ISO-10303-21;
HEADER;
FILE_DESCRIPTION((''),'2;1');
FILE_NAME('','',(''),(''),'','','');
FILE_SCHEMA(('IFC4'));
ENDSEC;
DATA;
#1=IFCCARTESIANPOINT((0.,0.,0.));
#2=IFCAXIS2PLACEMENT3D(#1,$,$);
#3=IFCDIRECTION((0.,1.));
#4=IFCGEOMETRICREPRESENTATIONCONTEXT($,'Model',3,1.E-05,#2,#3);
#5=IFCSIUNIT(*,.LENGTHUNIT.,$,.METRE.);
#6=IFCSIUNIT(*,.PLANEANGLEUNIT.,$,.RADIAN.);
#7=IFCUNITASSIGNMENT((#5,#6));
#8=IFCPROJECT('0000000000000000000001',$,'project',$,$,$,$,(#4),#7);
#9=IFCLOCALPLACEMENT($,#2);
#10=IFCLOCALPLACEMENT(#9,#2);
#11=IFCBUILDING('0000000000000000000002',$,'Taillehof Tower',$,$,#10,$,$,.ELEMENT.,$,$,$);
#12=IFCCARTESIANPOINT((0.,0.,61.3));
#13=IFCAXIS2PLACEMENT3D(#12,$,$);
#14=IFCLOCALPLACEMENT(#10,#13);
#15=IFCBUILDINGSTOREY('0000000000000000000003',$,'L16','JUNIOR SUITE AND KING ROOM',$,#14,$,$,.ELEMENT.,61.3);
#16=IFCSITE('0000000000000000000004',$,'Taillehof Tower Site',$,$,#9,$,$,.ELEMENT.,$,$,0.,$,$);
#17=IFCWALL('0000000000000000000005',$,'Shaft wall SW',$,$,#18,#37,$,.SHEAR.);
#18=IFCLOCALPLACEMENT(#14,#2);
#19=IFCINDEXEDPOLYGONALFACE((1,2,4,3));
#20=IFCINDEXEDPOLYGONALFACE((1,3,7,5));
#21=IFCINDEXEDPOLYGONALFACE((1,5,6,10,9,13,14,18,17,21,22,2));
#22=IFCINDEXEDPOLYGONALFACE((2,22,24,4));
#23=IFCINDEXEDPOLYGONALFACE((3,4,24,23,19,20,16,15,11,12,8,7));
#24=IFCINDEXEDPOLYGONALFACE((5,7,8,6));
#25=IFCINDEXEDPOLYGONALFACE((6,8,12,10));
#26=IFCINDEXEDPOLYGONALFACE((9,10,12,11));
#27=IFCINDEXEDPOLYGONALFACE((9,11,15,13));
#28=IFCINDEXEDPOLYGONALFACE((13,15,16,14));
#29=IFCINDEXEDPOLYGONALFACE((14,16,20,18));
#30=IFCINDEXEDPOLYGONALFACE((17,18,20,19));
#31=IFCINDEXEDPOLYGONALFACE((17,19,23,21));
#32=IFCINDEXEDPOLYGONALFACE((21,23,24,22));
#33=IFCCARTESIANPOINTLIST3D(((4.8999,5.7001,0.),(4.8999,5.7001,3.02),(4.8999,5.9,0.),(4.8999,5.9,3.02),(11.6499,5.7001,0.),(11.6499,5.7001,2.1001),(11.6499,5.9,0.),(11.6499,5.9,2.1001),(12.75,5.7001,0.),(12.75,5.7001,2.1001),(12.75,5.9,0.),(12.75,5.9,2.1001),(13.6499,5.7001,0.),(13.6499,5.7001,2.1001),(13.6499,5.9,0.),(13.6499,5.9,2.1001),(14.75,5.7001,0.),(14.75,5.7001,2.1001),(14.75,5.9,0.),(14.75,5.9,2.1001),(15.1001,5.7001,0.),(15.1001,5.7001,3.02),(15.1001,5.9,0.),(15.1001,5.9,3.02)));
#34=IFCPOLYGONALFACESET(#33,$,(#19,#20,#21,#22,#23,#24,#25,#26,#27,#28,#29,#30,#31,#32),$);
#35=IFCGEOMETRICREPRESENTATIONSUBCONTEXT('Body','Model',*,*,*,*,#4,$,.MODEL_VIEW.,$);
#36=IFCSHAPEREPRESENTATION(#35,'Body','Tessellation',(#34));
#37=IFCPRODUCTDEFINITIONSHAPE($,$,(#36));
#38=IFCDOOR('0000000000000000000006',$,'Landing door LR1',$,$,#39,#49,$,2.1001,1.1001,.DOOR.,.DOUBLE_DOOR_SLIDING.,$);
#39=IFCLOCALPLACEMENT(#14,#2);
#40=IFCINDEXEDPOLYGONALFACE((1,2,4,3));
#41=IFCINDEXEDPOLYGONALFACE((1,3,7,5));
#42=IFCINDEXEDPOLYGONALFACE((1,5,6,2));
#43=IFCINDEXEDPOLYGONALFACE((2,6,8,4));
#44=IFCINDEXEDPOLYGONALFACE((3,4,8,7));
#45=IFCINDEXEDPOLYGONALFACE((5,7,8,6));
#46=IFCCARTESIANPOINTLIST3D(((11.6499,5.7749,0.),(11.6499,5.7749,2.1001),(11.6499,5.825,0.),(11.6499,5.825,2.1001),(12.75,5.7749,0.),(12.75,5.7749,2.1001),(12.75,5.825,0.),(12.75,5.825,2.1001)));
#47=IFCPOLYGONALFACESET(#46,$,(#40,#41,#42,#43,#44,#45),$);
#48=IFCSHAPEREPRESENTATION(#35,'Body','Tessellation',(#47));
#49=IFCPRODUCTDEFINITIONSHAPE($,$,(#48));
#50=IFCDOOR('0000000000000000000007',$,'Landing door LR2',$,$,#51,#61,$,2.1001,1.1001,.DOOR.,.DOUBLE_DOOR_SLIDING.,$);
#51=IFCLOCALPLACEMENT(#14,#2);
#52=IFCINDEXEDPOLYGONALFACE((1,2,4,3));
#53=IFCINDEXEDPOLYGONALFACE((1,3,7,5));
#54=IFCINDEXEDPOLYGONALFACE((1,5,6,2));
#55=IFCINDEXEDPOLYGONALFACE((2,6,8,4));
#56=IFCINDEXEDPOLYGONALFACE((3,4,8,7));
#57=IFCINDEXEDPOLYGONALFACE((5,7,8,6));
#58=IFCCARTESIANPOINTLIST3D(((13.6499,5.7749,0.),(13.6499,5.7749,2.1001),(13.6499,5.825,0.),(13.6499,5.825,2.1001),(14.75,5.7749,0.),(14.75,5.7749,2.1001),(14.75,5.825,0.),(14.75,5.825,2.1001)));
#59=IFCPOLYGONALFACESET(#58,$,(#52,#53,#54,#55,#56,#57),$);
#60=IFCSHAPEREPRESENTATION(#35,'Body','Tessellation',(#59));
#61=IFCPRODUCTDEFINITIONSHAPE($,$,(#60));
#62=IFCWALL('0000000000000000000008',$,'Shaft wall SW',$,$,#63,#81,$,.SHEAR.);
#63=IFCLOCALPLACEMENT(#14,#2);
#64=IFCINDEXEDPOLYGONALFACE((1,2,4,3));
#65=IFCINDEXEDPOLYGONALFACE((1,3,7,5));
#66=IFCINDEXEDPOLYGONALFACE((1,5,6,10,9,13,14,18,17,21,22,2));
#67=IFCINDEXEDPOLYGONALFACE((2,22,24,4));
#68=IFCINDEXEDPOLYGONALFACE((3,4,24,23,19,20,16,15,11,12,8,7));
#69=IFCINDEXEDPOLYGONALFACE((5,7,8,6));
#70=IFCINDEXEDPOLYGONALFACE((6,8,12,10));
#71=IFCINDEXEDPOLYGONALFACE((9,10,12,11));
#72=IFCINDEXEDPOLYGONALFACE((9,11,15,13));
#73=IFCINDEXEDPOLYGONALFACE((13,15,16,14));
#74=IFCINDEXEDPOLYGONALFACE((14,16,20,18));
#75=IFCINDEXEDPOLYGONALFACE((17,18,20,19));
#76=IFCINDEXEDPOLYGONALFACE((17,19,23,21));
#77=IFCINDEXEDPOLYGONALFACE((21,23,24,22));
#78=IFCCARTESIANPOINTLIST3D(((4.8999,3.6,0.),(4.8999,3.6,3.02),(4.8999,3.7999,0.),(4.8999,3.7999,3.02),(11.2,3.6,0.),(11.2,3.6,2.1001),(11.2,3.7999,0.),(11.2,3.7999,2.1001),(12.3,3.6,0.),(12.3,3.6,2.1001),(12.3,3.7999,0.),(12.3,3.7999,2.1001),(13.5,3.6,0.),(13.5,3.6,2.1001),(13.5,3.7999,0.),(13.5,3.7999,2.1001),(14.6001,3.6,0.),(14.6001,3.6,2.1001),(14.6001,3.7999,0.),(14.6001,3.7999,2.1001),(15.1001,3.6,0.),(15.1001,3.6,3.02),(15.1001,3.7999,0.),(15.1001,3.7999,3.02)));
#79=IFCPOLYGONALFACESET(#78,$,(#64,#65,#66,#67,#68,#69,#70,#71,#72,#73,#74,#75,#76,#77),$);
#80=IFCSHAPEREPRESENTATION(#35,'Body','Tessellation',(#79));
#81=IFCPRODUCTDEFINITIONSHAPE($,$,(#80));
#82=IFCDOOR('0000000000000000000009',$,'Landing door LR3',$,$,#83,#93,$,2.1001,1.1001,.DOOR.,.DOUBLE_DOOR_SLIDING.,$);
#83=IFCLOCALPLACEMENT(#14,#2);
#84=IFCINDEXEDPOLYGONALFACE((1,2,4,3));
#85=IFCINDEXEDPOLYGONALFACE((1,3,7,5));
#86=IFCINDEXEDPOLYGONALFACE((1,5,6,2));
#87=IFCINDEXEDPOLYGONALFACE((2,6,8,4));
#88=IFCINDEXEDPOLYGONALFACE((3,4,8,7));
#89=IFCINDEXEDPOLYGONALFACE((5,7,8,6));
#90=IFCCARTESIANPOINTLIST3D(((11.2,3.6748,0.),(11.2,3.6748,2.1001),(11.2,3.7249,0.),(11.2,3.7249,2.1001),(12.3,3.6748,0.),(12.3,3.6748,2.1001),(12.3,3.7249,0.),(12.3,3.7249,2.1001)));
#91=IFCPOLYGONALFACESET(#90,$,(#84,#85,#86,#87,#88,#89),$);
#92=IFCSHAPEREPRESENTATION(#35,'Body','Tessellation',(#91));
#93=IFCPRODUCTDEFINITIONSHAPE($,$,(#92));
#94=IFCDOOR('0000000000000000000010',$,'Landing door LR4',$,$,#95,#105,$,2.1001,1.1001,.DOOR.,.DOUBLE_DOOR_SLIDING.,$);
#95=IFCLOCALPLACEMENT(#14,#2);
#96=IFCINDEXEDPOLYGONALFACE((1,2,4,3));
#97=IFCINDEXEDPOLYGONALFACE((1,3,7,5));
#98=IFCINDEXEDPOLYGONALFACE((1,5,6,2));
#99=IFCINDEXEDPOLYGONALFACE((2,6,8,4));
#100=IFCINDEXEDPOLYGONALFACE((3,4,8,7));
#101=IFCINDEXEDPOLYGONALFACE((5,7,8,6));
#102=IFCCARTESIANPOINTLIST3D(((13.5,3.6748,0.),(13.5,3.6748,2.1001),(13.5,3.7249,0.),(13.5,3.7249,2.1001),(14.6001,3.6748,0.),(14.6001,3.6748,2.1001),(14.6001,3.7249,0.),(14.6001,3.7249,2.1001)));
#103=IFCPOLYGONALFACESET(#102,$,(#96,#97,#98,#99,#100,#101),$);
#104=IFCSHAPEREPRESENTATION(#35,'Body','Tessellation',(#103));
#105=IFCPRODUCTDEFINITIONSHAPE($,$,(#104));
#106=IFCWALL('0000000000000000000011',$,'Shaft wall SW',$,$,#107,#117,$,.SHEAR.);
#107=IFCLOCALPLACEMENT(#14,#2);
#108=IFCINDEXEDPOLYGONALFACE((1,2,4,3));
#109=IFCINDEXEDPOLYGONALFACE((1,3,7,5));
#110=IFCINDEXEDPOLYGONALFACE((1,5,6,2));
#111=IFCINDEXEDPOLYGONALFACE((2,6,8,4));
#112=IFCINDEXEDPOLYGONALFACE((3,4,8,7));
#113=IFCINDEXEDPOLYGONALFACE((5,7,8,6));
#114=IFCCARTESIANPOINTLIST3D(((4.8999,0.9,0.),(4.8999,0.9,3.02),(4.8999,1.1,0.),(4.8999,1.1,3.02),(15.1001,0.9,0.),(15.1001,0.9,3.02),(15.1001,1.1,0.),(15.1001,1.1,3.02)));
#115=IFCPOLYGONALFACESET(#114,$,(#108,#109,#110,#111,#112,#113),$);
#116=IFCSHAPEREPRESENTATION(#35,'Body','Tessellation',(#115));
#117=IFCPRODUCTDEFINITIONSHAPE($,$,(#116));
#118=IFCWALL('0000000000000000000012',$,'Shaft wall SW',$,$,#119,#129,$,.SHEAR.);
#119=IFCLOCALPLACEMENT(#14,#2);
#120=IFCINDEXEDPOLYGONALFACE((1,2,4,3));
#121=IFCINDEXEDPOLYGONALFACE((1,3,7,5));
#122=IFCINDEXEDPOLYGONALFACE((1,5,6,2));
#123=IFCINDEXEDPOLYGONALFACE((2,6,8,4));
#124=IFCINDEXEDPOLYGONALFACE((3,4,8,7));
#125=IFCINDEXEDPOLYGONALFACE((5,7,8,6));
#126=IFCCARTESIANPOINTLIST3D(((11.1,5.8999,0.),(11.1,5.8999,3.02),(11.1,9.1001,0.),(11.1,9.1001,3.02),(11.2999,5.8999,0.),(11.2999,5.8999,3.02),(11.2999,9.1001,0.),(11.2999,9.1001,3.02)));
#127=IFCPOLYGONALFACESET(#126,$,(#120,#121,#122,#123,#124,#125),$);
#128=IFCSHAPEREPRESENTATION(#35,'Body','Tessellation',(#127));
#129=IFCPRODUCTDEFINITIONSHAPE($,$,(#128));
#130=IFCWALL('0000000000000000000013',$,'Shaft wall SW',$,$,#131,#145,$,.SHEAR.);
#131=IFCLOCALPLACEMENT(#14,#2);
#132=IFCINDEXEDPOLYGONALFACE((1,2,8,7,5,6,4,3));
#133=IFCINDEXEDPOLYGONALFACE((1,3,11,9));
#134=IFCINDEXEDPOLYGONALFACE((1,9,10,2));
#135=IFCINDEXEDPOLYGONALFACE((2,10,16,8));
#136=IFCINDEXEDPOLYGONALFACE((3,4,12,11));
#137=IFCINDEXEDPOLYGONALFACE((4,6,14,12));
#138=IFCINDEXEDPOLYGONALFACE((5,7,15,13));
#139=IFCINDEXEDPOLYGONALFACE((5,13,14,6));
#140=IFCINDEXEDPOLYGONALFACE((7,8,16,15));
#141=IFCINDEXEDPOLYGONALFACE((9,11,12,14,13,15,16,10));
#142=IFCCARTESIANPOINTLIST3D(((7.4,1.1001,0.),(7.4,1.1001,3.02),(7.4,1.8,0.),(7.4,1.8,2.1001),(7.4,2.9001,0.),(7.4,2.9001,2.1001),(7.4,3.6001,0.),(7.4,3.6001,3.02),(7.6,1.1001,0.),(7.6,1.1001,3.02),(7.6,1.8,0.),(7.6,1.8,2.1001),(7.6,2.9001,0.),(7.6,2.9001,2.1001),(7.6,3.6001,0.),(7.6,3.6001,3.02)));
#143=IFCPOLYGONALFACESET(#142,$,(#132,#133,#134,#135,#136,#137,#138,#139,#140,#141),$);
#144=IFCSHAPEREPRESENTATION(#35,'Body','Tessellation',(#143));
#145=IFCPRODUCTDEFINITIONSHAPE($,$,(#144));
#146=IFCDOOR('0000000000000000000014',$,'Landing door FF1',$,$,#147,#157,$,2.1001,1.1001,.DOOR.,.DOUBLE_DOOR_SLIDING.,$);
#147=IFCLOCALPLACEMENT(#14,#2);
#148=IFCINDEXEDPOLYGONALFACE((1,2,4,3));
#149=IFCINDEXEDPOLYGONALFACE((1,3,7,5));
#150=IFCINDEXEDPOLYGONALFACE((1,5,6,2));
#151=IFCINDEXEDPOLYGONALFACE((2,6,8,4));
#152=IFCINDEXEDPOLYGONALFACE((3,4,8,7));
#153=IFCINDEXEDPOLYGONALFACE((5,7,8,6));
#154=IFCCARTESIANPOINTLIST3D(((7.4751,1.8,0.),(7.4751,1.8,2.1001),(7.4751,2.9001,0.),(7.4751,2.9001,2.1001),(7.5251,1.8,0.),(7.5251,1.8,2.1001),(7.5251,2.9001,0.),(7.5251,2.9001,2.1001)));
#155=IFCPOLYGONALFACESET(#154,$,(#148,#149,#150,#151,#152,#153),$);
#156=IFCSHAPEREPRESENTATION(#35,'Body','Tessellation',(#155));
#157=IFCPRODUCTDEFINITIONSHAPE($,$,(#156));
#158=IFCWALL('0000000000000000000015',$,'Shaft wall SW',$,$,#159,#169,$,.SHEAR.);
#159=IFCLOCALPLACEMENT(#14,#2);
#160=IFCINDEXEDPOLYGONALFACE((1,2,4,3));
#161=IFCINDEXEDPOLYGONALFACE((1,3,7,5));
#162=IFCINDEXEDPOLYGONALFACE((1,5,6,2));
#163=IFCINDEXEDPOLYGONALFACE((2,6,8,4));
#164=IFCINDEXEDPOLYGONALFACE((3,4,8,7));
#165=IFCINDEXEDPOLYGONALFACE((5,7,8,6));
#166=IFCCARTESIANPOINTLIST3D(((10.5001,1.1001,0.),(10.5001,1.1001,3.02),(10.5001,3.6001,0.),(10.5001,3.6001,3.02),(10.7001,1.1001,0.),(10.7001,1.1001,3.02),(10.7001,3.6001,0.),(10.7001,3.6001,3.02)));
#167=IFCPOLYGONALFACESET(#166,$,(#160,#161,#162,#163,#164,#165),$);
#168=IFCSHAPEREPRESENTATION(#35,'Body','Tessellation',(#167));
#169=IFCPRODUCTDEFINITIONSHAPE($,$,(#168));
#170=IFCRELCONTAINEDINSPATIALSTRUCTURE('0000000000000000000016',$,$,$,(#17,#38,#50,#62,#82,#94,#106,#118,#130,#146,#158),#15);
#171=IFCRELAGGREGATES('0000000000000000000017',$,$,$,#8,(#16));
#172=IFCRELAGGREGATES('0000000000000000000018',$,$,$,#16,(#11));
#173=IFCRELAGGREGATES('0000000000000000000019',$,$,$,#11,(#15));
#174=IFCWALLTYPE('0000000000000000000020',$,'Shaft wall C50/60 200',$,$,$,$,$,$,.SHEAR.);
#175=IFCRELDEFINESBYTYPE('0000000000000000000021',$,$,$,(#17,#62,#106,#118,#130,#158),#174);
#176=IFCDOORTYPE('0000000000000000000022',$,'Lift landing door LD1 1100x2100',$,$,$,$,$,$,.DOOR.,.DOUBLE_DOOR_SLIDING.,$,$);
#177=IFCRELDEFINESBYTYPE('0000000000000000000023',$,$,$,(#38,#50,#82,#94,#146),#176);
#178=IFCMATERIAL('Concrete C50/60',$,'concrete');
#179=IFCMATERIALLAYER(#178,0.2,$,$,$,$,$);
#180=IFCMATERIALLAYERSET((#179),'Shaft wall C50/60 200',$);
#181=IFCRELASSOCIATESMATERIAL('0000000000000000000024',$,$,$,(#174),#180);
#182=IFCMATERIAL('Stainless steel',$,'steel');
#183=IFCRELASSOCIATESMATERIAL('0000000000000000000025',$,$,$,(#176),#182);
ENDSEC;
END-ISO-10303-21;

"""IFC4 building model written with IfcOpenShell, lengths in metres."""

from ifc_helpers import new_model, si_unit, direction, frame, frame_2d, origin, place, context, subcontext, project, spatial, rectangle, extrude, material, layer, layer_set, type_object, element, fill, save


model = new_model("IFC4")

# Units and contexts
model_context = context("Model", 3, precision=1e-05, world=origin(), true_north=direction((0.0, 1.0)))
body_context = subcontext(model_context, "Body", "Model", "MODEL_VIEW")
ifc_project = project(units=[si_unit("LENGTHUNIT", "METRE"), si_unit("PLANEANGLEUNIT", "RADIAN")], contexts=[model_context])

# Site, building, storey
site_placement = place(None, origin())
site = spatial("IfcSite", under=ifc_project, at=site_placement, Name="Taillehof Tower Site", CompositionType="ELEMENT", RefElevation=0.0)
building_placement = place(site_placement, origin())
building = spatial("IfcBuilding", under=site, at=building_placement, Name="Taillehof Tower", CompositionType="ELEMENT")
storey_placement = place(building_placement, frame((0.0, 0.0, 61.3)))
storey = spatial("IfcBuildingStorey", under=building, at=storey_placement, Name="L16", Description="JUNIOR SUITE AND KING ROOM", CompositionType="ELEMENT", Elevation=61.3)

# Walls, openings, doors
ifc_material_1 = material(Name="Concrete C50/60", Category="concrete")
ifc_layer_1 = layer(ifc_material_1, 0.2)
ifc_layer_set_1 = layer_set([ifc_layer_1], Name="Shaft wall C50/60 200")
wall_type_1 = type_object("IfcWallType", Name="Shaft wall C50/60 200", PredefinedType="SHEAR", material=ifc_layer_set_1)
wall_1_placement = place(storey_placement, frame((4.8999, 5.8, 0.0), z_axis=(0.0, 0.0, 1.0), x_axis=(1.0, 0.0, 0.0)))
wall_1 = element("IfcWall", 1, at=wall_1_placement, inside=storey, type_object=wall_type_1, Name="Shaft wall SW", PredefinedType="SHEAR", context=body_context, shape_type="SweptSolid", body=[
    extrude(rectangle(XDim=10.2002, YDim=0.2, at=frame_2d((5.1001, 0.0))), origin(), (0.0, 0.0, 1.0), 3.02),
])
opening_1_placement = place(wall_1_placement, frame((6.75, 0.0, 0.0)))
opening_1 = element("IfcOpeningElement", 2, at=opening_1_placement, cuts=wall_1, PredefinedType="OPENING", context=body_context, shape_type="SweptSolid", body=[
    extrude(rectangle(XDim=1.1001, YDim=2.1001, at=frame_2d((0.55, 1.05))), frame((0.0, 0.1099, 0.0), z_axis=(0.0, -1.0, 0.0), x_axis=(1.0, 0.0, 0.0)), (0.0, 0.0, 1.0), 0.22),
])
opening_2_placement = place(wall_1_placement, frame((8.75, 0.0, 0.0)))
opening_2 = element("IfcOpeningElement", 3, at=opening_2_placement, cuts=wall_1, PredefinedType="OPENING", context=body_context, shape_type="SweptSolid", body=[
    extrude(rectangle(XDim=1.1001, YDim=2.1001, at=frame_2d((0.55, 1.05))), frame((0.0, 0.1099, 0.0), z_axis=(0.0, -1.0, 0.0), x_axis=(1.0, 0.0, 0.0)), (0.0, 0.0, 1.0), 0.22),
])
ifc_material_2 = material(Name="Stainless steel", Category="steel")
door_type_1 = type_object("IfcDoorType", Name="Lift landing door LD1 1100x2100", OperationType="DOUBLE_DOOR_SLIDING", PredefinedType="DOOR", material=ifc_material_2)
door_1_placement = place(opening_1_placement, origin())
door_1 = element("IfcDoor", 4, at=door_1_placement, inside=storey, type_object=door_type_1, Name="Landing door LR1", OperationType="DOUBLE_DOOR_SLIDING", OverallHeight=2.1001, OverallWidth=1.1001, PredefinedType="DOOR", context=body_context, shape_type="SweptSolid", body=[
    extrude(rectangle(XDim=1.1001, YDim=2.1001, at=frame_2d((0.55, 1.05))), frame((0.0, 0.0249, 0.0), z_axis=(0.0, -1.0, 0.0), x_axis=(1.0, 0.0, 0.0)), (0.0, 0.0, 1.0), 0.05),
])
fill(opening_1, door_1)
door_2_placement = place(opening_2_placement, origin())
door_2 = element("IfcDoor", 5, at=door_2_placement, inside=storey, type_object=door_type_1, Name="Landing door LR2", OperationType="DOUBLE_DOOR_SLIDING", OverallHeight=2.1001, OverallWidth=1.1001, PredefinedType="DOOR", context=body_context, shape_type="SweptSolid", body=[
    extrude(rectangle(XDim=1.1001, YDim=2.1001, at=frame_2d((0.55, 1.05))), frame((0.0, 0.0249, 0.0), z_axis=(0.0, -1.0, 0.0), x_axis=(1.0, 0.0, 0.0)), (0.0, 0.0, 1.0), 0.05),
])
fill(opening_2, door_2)
wall_2_placement = place(storey_placement, frame((4.8999, 3.7, 0.0), z_axis=(0.0, 0.0, 1.0), x_axis=(1.0, 0.0, 0.0)))
wall_2 = element("IfcWall", 6, at=wall_2_placement, inside=storey, type_object=wall_type_1, Name="Shaft wall SW", PredefinedType="SHEAR", context=body_context, shape_type="SweptSolid", body=[
    extrude(rectangle(XDim=10.2002, YDim=0.2, at=frame_2d((5.1001, 0.0))), origin(), (0.0, 0.0, 1.0), 3.02),
])
opening_3_placement = place(wall_2_placement, frame((6.3, 0.0, 0.0)))
opening_3 = element("IfcOpeningElement", 7, at=opening_3_placement, cuts=wall_2, PredefinedType="OPENING", context=body_context, shape_type="SweptSolid", body=[
    extrude(rectangle(XDim=1.1001, YDim=2.1001, at=frame_2d((0.55, 1.05))), frame((0.0, 0.1099, 0.0), z_axis=(0.0, -1.0, 0.0), x_axis=(1.0, 0.0, 0.0)), (0.0, 0.0, 1.0), 0.22),
])
opening_4_placement = place(wall_2_placement, frame((8.6001, 0.0, 0.0)))
opening_4 = element("IfcOpeningElement", 8, at=opening_4_placement, cuts=wall_2, PredefinedType="OPENING", context=body_context, shape_type="SweptSolid", body=[
    extrude(rectangle(XDim=1.1001, YDim=2.1001, at=frame_2d((0.55, 1.05))), frame((0.0, 0.1099, 0.0), z_axis=(0.0, -1.0, 0.0), x_axis=(1.0, 0.0, 0.0)), (0.0, 0.0, 1.0), 0.22),
])
door_3_placement = place(opening_3_placement, origin())
door_3 = element("IfcDoor", 9, at=door_3_placement, inside=storey, type_object=door_type_1, Name="Landing door LR3", OperationType="DOUBLE_DOOR_SLIDING", OverallHeight=2.1001, OverallWidth=1.1001, PredefinedType="DOOR", context=body_context, shape_type="SweptSolid", body=[
    extrude(rectangle(XDim=1.1001, YDim=2.1001, at=frame_2d((0.55, 1.05))), frame((0.0, 0.0249, 0.0), z_axis=(0.0, -1.0, 0.0), x_axis=(1.0, 0.0, 0.0)), (0.0, 0.0, 1.0), 0.05),
])
fill(opening_3, door_3)
door_4_placement = place(opening_4_placement, origin())
door_4 = element("IfcDoor", 10, at=door_4_placement, inside=storey, type_object=door_type_1, Name="Landing door LR4", OperationType="DOUBLE_DOOR_SLIDING", OverallHeight=2.1001, OverallWidth=1.1001, PredefinedType="DOOR", context=body_context, shape_type="SweptSolid", body=[
    extrude(rectangle(XDim=1.1001, YDim=2.1001, at=frame_2d((0.55, 1.05))), frame((0.0, 0.0249, 0.0), z_axis=(0.0, -1.0, 0.0), x_axis=(1.0, 0.0, 0.0)), (0.0, 0.0, 1.0), 0.05),
])
fill(opening_4, door_4)

# Walls
wall_3_placement = place(storey_placement, frame((4.8999, 1.0, 0.0), z_axis=(0.0, 0.0, 1.0), x_axis=(1.0, 0.0, 0.0)))
element("IfcWall", 11, at=wall_3_placement, inside=storey, type_object=wall_type_1, Name="Shaft wall SW", PredefinedType="SHEAR", context=body_context, shape_type="SweptSolid", body=[
    extrude(rectangle(XDim=10.2002, YDim=0.2, at=frame_2d((5.1001, 0.0))), origin(), (0.0, 0.0, 1.0), 3.02),
])
wall_4_placement = place(storey_placement, frame((11.2, 5.8999, 0.0), z_axis=(0.0, 0.0, 1.0), x_axis=(0.0, 1.0, 0.0)))
element("IfcWall", 12, at=wall_4_placement, inside=storey, type_object=wall_type_1, Name="Shaft wall SW", PredefinedType="SHEAR", context=body_context, shape_type="SweptSolid", body=[
    extrude(rectangle(XDim=3.2002, YDim=0.2, at=frame_2d((1.6001, 0.0))), origin(), (0.0, 0.0, 1.0), 3.02),
])

# Wall, opening, door
wall_5_placement = place(storey_placement, frame((7.5, 1.1001, 0.0), z_axis=(0.0, 0.0, 1.0), x_axis=(0.0, 1.0, 0.0)))
wall_5 = element("IfcWall", 13, at=wall_5_placement, inside=storey, type_object=wall_type_1, Name="Shaft wall SW", PredefinedType="SHEAR", context=body_context, shape_type="SweptSolid", body=[
    extrude(rectangle(XDim=2.5, YDim=0.2, at=frame_2d((1.25, 0.0))), origin(), (0.0, 0.0, 1.0), 3.02),
])
opening_5_placement = place(wall_5_placement, frame((0.7, 0.0, 0.0)))
opening_5 = element("IfcOpeningElement", 14, at=opening_5_placement, cuts=wall_5, PredefinedType="OPENING", context=body_context, shape_type="SweptSolid", body=[
    extrude(rectangle(XDim=1.1001, YDim=2.1001, at=frame_2d((0.55, 1.05))), frame((0.0, 0.1099, 0.0), z_axis=(0.0, -1.0, 0.0), x_axis=(1.0, 0.0, 0.0)), (0.0, 0.0, 1.0), 0.22),
])
door_5_placement = place(opening_5_placement, origin())
door_5 = element("IfcDoor", 15, at=door_5_placement, inside=storey, type_object=door_type_1, Name="Landing door FF1", OperationType="DOUBLE_DOOR_SLIDING", OverallHeight=2.1001, OverallWidth=1.1001, PredefinedType="DOOR", context=body_context, shape_type="SweptSolid", body=[
    extrude(rectangle(XDim=1.1001, YDim=2.1001, at=frame_2d((0.55, 1.05))), frame((0.0, 0.0249, 0.0), z_axis=(0.0, -1.0, 0.0), x_axis=(1.0, 0.0, 0.0)), (0.0, 0.0, 1.0), 0.05),
])
fill(opening_5, door_5)

# Wall
wall_6_placement = place(storey_placement, frame((10.6001, 1.1001, 0.0), z_axis=(0.0, 0.0, 1.0), x_axis=(0.0, 1.0, 0.0)))
element("IfcWall", 16, at=wall_6_placement, inside=storey, type_object=wall_type_1, Name="Shaft wall SW", PredefinedType="SHEAR", context=body_context, shape_type="SweptSolid", body=[
    extrude(rectangle(XDim=2.5, YDim=0.2, at=frame_2d((1.25, 0.0))), origin(), (0.0, 0.0, 1.0), 3.02),
])

save(model, "model.ifc")
